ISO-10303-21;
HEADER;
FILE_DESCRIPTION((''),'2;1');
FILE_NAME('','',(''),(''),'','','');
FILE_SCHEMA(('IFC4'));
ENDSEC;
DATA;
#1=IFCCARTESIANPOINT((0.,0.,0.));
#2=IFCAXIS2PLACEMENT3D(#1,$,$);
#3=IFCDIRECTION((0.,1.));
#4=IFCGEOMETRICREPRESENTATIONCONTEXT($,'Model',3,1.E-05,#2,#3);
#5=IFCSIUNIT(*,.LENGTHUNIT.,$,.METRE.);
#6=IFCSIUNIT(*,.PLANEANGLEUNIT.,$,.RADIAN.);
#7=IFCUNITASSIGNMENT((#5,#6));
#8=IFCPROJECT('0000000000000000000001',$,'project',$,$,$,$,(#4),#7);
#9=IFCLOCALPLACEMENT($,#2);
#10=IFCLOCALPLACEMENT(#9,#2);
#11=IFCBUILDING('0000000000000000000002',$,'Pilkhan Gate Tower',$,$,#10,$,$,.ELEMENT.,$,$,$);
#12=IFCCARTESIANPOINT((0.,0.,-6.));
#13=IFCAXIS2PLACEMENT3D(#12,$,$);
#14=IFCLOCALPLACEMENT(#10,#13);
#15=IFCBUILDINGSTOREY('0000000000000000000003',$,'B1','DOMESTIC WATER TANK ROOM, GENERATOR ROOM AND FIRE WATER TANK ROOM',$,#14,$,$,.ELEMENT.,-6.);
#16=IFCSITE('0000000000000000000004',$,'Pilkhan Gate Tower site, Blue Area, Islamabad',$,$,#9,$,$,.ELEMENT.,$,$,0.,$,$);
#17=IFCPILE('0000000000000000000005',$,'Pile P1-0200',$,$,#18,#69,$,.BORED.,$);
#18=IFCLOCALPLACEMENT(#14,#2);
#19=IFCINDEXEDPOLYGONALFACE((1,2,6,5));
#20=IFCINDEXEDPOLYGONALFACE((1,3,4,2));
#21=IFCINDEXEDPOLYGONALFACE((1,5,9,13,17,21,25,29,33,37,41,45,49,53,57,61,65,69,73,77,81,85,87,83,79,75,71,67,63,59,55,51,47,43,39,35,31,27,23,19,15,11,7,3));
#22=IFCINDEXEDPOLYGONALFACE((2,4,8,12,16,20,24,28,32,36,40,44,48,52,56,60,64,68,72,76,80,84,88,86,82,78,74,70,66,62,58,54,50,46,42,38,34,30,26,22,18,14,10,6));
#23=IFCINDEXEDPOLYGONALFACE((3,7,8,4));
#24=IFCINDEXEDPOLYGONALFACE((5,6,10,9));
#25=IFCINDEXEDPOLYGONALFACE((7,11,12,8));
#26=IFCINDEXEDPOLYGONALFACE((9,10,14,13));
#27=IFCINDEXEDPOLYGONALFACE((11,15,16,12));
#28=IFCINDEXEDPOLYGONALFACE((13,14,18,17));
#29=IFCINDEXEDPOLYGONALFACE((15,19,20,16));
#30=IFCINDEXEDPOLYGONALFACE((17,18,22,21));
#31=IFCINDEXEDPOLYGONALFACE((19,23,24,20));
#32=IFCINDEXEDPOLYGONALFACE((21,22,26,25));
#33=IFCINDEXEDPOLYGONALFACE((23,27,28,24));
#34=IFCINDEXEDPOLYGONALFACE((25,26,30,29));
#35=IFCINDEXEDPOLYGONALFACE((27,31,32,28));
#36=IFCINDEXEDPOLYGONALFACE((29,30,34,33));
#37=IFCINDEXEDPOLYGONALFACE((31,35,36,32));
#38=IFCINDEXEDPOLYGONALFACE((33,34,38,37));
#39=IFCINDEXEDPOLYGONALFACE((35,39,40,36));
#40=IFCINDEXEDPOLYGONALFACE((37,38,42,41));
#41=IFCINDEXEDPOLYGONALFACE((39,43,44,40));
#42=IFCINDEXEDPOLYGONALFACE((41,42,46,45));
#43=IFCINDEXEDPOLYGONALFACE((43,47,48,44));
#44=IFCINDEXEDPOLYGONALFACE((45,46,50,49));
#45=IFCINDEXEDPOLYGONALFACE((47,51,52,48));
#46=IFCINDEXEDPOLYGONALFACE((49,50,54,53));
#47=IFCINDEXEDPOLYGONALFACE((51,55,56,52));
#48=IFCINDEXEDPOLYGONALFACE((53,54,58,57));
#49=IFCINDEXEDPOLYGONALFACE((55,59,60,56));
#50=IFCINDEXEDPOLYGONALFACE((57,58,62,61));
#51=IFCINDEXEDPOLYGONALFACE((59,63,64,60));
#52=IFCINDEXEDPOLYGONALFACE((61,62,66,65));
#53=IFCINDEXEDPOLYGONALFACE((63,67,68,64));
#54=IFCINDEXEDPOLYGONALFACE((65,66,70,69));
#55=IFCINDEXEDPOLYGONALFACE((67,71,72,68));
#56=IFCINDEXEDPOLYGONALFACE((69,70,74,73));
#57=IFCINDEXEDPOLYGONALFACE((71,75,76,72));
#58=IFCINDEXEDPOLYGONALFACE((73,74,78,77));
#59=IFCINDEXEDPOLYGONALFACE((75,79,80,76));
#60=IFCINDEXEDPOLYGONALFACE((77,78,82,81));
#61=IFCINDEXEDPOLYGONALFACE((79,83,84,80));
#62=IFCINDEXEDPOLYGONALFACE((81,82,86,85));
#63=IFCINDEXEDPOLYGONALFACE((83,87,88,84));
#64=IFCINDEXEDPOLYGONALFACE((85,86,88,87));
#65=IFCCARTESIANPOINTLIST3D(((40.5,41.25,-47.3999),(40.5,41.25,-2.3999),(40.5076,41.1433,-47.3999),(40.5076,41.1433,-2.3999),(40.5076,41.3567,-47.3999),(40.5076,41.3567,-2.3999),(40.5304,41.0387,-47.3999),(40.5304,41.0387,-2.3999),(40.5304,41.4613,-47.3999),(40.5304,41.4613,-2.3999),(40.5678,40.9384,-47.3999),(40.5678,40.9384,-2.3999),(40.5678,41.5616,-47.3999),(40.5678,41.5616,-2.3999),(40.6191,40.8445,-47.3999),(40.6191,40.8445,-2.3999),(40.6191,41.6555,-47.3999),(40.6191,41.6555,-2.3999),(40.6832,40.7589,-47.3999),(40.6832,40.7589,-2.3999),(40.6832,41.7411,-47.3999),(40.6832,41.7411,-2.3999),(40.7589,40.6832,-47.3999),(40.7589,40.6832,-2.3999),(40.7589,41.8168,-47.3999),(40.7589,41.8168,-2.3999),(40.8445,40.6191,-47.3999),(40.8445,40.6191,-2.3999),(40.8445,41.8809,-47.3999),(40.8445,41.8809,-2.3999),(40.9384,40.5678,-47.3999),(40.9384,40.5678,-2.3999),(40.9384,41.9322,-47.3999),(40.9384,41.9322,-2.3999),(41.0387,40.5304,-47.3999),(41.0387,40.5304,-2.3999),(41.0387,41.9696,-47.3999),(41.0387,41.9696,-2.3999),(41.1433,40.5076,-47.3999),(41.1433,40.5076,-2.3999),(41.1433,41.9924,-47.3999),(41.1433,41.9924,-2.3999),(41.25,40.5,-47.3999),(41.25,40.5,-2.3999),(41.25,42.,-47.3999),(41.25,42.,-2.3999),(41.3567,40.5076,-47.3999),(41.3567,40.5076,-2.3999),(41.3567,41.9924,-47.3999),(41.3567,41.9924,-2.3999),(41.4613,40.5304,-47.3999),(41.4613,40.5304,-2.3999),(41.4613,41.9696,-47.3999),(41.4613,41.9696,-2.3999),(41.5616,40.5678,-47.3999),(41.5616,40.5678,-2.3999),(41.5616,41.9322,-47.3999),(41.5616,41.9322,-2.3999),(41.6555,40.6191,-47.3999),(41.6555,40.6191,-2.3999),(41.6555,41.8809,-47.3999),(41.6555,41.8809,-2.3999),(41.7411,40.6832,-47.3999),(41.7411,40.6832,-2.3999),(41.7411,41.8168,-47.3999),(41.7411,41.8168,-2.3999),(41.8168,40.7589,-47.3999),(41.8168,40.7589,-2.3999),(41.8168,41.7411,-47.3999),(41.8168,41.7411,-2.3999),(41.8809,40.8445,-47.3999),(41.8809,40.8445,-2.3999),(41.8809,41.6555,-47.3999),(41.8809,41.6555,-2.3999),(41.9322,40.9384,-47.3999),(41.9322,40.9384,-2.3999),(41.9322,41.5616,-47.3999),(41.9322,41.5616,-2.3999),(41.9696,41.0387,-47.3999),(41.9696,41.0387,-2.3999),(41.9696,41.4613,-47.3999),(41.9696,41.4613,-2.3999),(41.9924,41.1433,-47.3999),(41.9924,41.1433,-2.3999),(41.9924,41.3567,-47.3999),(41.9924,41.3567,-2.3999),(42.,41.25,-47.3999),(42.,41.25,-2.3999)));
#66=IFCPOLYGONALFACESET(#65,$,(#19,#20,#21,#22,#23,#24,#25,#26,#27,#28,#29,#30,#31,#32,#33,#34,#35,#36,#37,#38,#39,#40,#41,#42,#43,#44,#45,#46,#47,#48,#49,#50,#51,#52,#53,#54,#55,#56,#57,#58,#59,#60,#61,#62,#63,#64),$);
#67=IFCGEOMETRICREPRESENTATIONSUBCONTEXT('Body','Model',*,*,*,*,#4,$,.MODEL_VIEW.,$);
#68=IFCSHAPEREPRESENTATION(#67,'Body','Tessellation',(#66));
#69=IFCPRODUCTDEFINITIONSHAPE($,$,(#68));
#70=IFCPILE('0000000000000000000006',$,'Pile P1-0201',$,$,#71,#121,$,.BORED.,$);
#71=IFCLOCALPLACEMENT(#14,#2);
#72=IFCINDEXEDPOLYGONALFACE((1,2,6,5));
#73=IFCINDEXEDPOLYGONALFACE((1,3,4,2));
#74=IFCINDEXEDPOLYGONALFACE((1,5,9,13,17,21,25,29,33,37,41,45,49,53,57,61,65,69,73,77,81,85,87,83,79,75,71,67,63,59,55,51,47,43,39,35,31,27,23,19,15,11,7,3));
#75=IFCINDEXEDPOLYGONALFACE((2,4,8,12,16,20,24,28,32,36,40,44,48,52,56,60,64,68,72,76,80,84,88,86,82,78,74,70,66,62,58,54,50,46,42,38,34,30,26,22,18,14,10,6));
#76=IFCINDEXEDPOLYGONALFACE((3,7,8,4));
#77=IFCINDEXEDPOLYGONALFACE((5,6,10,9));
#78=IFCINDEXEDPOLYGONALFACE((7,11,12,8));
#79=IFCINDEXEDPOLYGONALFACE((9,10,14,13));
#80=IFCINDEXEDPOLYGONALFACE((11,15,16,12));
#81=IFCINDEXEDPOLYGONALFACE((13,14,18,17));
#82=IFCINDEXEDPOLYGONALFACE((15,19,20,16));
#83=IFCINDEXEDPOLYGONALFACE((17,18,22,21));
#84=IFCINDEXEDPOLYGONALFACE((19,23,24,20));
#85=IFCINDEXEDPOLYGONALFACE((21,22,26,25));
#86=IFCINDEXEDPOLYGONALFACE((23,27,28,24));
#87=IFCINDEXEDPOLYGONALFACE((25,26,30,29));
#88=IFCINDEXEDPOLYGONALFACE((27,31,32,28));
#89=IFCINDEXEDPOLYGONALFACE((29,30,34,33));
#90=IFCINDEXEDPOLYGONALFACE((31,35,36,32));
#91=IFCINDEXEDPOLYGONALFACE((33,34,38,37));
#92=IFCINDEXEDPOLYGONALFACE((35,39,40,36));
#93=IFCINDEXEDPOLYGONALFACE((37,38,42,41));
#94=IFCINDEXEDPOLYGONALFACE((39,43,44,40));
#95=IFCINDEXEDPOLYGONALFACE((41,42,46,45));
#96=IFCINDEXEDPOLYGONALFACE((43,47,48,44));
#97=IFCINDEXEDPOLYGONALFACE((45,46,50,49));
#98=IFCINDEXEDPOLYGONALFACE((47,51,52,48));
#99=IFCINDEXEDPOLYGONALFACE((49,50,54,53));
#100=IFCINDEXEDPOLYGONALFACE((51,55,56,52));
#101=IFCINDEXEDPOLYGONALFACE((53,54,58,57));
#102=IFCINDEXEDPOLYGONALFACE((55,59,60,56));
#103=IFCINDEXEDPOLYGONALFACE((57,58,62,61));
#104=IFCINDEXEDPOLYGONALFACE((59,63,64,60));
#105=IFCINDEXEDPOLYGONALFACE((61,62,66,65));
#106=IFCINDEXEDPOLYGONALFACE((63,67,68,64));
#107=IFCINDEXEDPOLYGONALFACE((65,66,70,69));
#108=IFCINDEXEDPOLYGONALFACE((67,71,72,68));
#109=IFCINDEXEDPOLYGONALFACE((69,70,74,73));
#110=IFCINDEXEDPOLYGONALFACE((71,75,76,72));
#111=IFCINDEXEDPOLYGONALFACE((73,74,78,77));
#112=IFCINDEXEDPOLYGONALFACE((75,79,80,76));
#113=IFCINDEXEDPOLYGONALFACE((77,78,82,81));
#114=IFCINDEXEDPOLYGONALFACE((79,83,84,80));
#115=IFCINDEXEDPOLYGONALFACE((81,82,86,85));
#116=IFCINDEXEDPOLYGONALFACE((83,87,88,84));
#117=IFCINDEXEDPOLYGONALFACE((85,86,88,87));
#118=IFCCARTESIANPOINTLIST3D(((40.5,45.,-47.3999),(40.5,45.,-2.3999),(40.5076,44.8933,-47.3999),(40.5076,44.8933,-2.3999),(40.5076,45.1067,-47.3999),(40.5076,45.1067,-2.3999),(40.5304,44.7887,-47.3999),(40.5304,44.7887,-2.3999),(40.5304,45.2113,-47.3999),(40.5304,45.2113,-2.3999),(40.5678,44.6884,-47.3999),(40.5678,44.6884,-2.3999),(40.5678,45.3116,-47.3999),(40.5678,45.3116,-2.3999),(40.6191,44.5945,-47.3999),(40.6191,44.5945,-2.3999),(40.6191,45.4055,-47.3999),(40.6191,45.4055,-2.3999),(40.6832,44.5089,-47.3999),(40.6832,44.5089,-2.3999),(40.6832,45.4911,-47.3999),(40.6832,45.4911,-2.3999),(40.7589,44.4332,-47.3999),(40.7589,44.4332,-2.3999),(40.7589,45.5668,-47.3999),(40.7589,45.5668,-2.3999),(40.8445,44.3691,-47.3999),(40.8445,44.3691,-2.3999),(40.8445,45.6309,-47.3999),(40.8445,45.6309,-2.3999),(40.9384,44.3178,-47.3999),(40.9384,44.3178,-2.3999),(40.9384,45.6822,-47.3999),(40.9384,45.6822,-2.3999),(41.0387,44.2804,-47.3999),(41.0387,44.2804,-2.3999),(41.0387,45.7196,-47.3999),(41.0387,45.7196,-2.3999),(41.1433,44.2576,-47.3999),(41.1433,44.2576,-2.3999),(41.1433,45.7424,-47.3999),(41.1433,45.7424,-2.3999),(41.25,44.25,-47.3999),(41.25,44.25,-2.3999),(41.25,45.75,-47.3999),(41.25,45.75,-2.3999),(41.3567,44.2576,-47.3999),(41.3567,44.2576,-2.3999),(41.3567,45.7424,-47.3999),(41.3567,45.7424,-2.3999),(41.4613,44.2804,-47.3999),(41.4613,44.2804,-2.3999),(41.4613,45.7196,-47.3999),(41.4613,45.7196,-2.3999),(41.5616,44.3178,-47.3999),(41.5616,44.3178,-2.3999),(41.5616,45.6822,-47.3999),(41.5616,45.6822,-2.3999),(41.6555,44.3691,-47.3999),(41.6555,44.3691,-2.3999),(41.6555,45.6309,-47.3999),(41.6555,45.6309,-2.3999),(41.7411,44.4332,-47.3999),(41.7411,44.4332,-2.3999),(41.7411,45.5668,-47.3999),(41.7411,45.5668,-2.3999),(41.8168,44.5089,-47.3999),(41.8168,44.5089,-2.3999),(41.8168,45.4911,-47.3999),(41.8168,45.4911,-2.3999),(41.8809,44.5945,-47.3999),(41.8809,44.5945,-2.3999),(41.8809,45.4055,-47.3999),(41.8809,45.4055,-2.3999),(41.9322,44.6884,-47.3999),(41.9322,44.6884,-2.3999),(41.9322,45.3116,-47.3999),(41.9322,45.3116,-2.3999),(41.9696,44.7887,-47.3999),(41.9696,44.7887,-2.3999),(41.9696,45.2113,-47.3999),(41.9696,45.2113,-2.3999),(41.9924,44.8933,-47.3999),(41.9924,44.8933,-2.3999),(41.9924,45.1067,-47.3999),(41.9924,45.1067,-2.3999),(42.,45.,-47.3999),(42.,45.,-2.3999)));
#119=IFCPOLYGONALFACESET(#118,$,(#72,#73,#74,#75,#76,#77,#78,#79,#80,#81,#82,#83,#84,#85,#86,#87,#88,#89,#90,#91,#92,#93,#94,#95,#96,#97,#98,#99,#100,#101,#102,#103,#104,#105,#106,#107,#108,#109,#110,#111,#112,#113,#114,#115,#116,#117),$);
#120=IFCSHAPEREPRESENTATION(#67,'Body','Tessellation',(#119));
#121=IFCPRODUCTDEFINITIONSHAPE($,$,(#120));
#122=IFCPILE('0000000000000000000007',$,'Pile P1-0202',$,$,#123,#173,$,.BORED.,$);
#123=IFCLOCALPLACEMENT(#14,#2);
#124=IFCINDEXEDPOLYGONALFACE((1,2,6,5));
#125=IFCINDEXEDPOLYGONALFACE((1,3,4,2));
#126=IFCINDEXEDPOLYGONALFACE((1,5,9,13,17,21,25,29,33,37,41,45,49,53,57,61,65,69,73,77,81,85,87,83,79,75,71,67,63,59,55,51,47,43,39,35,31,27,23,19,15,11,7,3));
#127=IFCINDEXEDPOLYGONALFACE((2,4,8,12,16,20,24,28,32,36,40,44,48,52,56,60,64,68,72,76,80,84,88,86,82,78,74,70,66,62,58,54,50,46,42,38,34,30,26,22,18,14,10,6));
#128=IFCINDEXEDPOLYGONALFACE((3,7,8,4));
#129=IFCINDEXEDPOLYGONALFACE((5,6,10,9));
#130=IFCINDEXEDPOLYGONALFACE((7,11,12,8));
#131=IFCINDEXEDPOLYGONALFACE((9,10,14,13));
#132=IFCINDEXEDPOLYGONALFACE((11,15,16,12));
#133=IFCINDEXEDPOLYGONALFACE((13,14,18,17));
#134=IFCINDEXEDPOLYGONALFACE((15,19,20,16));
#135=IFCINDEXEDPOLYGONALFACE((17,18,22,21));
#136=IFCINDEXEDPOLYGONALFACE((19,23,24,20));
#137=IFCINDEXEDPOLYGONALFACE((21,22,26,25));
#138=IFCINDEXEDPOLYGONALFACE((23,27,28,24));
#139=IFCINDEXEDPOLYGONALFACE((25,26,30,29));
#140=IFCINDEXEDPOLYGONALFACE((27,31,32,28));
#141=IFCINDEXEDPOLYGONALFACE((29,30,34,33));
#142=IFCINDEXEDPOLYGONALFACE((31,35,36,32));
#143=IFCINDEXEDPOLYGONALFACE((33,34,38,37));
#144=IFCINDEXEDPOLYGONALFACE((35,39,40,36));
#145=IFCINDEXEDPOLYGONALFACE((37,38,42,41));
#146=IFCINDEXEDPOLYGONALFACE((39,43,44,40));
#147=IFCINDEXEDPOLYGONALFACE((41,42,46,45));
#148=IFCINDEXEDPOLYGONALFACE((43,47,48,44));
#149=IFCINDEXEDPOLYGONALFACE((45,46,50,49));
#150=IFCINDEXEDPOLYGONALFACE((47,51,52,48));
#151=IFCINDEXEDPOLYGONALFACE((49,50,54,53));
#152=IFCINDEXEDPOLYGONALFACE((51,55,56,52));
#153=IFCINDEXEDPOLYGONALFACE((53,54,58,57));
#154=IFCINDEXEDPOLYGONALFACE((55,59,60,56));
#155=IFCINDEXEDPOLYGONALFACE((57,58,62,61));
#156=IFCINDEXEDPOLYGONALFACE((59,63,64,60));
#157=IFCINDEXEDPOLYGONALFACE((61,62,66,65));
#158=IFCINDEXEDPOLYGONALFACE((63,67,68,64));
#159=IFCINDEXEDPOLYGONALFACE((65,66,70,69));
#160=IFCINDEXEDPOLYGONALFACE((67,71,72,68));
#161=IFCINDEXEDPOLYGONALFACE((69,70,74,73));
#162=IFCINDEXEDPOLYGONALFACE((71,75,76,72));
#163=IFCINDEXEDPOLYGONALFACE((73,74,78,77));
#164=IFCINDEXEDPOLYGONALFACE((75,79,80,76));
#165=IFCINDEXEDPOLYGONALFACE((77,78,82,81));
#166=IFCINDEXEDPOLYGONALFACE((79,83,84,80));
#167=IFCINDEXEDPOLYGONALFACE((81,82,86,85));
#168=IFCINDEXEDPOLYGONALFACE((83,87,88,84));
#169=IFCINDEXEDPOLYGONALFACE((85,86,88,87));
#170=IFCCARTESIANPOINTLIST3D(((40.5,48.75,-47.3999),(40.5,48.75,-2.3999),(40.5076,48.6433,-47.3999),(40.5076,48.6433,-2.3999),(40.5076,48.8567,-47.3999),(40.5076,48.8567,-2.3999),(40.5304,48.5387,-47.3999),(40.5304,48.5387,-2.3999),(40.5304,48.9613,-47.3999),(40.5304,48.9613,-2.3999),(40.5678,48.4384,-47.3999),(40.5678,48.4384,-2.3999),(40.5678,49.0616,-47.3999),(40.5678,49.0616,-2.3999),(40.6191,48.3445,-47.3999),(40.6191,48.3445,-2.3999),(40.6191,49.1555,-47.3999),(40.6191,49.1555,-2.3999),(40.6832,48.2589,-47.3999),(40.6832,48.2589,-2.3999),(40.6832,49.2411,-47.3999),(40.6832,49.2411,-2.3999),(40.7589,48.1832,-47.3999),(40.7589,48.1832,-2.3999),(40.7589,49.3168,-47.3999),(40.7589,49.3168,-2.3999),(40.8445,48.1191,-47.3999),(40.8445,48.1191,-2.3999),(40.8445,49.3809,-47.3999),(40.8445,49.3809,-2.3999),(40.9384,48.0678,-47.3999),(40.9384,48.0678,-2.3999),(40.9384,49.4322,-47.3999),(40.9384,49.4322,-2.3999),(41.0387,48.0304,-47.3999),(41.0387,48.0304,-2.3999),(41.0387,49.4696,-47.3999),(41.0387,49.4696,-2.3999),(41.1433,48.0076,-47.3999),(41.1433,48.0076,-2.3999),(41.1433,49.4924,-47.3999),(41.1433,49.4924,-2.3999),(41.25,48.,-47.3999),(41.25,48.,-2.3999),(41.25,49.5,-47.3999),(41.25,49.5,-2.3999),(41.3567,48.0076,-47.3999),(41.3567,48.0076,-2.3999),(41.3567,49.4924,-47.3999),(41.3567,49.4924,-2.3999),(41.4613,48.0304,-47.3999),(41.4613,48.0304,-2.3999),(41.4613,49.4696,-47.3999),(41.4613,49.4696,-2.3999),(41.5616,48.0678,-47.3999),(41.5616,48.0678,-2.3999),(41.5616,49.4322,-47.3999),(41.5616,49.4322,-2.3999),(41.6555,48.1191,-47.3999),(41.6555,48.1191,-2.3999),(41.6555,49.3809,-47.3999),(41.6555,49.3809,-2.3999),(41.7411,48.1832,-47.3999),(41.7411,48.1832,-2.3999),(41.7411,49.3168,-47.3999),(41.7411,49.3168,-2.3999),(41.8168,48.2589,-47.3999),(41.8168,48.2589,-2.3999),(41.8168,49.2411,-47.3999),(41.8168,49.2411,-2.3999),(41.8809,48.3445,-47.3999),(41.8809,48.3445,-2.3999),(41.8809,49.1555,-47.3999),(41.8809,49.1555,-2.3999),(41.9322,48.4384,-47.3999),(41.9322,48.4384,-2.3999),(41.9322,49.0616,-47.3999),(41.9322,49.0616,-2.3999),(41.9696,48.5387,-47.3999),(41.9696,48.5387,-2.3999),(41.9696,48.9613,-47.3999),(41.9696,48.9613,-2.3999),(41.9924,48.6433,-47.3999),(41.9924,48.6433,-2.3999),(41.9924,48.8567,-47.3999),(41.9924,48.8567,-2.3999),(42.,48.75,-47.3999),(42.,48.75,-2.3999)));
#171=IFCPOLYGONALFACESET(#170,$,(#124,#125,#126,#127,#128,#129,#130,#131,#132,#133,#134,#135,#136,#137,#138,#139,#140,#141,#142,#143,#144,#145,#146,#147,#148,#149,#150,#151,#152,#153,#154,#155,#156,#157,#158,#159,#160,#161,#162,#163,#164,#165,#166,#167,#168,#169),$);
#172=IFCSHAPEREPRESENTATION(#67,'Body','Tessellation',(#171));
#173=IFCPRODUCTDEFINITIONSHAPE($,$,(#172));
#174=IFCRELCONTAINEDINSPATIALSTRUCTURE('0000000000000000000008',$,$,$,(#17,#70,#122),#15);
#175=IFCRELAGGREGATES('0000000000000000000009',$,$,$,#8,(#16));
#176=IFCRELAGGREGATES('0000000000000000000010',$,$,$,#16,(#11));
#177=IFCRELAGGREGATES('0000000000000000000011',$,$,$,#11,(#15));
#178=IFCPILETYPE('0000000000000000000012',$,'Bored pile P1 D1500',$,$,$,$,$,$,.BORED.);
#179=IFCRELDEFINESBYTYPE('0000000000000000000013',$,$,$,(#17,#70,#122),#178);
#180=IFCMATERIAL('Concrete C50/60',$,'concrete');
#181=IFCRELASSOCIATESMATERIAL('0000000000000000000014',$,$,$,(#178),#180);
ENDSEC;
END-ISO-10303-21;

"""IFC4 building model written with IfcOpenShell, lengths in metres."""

from ifc_helpers import new_model, si_unit, direction, frame, origin, origin_2d, place, context, subcontext, project, spatial, circle, extrude, material, material_profile, profile_set, type_object, element, save


model = new_model("IFC4")

# Units and contexts
model_context = context("Model", 3, precision=1e-05, world=origin(), true_north=direction((0.0, 1.0)))
body_context = subcontext(model_context, "Body", "Model", "MODEL_VIEW")
ifc_project = project(units=[si_unit("LENGTHUNIT", "METRE"), si_unit("PLANEANGLEUNIT", "RADIAN")], contexts=[model_context])

# Site, building, storey
site_placement = place(None, origin())
site = spatial("IfcSite", under=ifc_project, at=site_placement, Name="Pilkhan Gate Tower site, Blue Area, Islamabad", CompositionType="ELEMENT", RefElevation=0.0)
building_placement = place(site_placement, origin())
building = spatial("IfcBuilding", under=site, at=building_placement, Name="Pilkhan Gate Tower", CompositionType="ELEMENT")
storey_placement = place(building_placement, frame((0.0, 0.0, -6.0)))
storey = spatial("IfcBuildingStorey", under=building, at=storey_placement, Name="B1", Description="DOMESTIC WATER TANK ROOM, GENERATOR ROOM AND FIRE WATER TANK ROOM", CompositionType="ELEMENT", Elevation=-6.0)

# Piles
ifc_material_1 = material(Name="Concrete C50/60", Category="concrete")
ifc_material_profile = material_profile(ifc_material_1, circle(Radius=0.75, at=origin_2d()), Name="Bored pile 1500 dia")
ifc_profile_set = profile_set([ifc_material_profile], Name="Concrete C50/60")
pile_type = type_object("IfcPileType", Name="Bored pile P1 D1500", PredefinedType="BORED", material=ifc_profile_set)
for number, where, z_axis, x_axis, name in (
    (1, (41.25, 41.25, -2.3999), (0.0, 0.0, -1.0), (1.0, 0.0, 0.0), "Pile P1-0200"),
    (2, (41.25, 45.0, -2.3999), (0.0, 0.0, -1.0), (1.0, 0.0, 0.0), "Pile P1-0201"),
    (3, (41.25, 48.75, -2.3999), (0.0, 0.0, -1.0), (1.0, 0.0, 0.0), "Pile P1-0202"),
):
    element("IfcPile", number, at=place(storey_placement, frame(where, z_axis=z_axis, x_axis=x_axis)), inside=storey, type_object=pile_type, Name=name, PredefinedType="BORED", context=body_context, shape_type="SweptSolid", body=[
        extrude(circle(Radius=0.75, at=origin_2d()), origin(), (0.0, 0.0, 1.0), 45.0),
    ])

save(model, "model.ifc")
